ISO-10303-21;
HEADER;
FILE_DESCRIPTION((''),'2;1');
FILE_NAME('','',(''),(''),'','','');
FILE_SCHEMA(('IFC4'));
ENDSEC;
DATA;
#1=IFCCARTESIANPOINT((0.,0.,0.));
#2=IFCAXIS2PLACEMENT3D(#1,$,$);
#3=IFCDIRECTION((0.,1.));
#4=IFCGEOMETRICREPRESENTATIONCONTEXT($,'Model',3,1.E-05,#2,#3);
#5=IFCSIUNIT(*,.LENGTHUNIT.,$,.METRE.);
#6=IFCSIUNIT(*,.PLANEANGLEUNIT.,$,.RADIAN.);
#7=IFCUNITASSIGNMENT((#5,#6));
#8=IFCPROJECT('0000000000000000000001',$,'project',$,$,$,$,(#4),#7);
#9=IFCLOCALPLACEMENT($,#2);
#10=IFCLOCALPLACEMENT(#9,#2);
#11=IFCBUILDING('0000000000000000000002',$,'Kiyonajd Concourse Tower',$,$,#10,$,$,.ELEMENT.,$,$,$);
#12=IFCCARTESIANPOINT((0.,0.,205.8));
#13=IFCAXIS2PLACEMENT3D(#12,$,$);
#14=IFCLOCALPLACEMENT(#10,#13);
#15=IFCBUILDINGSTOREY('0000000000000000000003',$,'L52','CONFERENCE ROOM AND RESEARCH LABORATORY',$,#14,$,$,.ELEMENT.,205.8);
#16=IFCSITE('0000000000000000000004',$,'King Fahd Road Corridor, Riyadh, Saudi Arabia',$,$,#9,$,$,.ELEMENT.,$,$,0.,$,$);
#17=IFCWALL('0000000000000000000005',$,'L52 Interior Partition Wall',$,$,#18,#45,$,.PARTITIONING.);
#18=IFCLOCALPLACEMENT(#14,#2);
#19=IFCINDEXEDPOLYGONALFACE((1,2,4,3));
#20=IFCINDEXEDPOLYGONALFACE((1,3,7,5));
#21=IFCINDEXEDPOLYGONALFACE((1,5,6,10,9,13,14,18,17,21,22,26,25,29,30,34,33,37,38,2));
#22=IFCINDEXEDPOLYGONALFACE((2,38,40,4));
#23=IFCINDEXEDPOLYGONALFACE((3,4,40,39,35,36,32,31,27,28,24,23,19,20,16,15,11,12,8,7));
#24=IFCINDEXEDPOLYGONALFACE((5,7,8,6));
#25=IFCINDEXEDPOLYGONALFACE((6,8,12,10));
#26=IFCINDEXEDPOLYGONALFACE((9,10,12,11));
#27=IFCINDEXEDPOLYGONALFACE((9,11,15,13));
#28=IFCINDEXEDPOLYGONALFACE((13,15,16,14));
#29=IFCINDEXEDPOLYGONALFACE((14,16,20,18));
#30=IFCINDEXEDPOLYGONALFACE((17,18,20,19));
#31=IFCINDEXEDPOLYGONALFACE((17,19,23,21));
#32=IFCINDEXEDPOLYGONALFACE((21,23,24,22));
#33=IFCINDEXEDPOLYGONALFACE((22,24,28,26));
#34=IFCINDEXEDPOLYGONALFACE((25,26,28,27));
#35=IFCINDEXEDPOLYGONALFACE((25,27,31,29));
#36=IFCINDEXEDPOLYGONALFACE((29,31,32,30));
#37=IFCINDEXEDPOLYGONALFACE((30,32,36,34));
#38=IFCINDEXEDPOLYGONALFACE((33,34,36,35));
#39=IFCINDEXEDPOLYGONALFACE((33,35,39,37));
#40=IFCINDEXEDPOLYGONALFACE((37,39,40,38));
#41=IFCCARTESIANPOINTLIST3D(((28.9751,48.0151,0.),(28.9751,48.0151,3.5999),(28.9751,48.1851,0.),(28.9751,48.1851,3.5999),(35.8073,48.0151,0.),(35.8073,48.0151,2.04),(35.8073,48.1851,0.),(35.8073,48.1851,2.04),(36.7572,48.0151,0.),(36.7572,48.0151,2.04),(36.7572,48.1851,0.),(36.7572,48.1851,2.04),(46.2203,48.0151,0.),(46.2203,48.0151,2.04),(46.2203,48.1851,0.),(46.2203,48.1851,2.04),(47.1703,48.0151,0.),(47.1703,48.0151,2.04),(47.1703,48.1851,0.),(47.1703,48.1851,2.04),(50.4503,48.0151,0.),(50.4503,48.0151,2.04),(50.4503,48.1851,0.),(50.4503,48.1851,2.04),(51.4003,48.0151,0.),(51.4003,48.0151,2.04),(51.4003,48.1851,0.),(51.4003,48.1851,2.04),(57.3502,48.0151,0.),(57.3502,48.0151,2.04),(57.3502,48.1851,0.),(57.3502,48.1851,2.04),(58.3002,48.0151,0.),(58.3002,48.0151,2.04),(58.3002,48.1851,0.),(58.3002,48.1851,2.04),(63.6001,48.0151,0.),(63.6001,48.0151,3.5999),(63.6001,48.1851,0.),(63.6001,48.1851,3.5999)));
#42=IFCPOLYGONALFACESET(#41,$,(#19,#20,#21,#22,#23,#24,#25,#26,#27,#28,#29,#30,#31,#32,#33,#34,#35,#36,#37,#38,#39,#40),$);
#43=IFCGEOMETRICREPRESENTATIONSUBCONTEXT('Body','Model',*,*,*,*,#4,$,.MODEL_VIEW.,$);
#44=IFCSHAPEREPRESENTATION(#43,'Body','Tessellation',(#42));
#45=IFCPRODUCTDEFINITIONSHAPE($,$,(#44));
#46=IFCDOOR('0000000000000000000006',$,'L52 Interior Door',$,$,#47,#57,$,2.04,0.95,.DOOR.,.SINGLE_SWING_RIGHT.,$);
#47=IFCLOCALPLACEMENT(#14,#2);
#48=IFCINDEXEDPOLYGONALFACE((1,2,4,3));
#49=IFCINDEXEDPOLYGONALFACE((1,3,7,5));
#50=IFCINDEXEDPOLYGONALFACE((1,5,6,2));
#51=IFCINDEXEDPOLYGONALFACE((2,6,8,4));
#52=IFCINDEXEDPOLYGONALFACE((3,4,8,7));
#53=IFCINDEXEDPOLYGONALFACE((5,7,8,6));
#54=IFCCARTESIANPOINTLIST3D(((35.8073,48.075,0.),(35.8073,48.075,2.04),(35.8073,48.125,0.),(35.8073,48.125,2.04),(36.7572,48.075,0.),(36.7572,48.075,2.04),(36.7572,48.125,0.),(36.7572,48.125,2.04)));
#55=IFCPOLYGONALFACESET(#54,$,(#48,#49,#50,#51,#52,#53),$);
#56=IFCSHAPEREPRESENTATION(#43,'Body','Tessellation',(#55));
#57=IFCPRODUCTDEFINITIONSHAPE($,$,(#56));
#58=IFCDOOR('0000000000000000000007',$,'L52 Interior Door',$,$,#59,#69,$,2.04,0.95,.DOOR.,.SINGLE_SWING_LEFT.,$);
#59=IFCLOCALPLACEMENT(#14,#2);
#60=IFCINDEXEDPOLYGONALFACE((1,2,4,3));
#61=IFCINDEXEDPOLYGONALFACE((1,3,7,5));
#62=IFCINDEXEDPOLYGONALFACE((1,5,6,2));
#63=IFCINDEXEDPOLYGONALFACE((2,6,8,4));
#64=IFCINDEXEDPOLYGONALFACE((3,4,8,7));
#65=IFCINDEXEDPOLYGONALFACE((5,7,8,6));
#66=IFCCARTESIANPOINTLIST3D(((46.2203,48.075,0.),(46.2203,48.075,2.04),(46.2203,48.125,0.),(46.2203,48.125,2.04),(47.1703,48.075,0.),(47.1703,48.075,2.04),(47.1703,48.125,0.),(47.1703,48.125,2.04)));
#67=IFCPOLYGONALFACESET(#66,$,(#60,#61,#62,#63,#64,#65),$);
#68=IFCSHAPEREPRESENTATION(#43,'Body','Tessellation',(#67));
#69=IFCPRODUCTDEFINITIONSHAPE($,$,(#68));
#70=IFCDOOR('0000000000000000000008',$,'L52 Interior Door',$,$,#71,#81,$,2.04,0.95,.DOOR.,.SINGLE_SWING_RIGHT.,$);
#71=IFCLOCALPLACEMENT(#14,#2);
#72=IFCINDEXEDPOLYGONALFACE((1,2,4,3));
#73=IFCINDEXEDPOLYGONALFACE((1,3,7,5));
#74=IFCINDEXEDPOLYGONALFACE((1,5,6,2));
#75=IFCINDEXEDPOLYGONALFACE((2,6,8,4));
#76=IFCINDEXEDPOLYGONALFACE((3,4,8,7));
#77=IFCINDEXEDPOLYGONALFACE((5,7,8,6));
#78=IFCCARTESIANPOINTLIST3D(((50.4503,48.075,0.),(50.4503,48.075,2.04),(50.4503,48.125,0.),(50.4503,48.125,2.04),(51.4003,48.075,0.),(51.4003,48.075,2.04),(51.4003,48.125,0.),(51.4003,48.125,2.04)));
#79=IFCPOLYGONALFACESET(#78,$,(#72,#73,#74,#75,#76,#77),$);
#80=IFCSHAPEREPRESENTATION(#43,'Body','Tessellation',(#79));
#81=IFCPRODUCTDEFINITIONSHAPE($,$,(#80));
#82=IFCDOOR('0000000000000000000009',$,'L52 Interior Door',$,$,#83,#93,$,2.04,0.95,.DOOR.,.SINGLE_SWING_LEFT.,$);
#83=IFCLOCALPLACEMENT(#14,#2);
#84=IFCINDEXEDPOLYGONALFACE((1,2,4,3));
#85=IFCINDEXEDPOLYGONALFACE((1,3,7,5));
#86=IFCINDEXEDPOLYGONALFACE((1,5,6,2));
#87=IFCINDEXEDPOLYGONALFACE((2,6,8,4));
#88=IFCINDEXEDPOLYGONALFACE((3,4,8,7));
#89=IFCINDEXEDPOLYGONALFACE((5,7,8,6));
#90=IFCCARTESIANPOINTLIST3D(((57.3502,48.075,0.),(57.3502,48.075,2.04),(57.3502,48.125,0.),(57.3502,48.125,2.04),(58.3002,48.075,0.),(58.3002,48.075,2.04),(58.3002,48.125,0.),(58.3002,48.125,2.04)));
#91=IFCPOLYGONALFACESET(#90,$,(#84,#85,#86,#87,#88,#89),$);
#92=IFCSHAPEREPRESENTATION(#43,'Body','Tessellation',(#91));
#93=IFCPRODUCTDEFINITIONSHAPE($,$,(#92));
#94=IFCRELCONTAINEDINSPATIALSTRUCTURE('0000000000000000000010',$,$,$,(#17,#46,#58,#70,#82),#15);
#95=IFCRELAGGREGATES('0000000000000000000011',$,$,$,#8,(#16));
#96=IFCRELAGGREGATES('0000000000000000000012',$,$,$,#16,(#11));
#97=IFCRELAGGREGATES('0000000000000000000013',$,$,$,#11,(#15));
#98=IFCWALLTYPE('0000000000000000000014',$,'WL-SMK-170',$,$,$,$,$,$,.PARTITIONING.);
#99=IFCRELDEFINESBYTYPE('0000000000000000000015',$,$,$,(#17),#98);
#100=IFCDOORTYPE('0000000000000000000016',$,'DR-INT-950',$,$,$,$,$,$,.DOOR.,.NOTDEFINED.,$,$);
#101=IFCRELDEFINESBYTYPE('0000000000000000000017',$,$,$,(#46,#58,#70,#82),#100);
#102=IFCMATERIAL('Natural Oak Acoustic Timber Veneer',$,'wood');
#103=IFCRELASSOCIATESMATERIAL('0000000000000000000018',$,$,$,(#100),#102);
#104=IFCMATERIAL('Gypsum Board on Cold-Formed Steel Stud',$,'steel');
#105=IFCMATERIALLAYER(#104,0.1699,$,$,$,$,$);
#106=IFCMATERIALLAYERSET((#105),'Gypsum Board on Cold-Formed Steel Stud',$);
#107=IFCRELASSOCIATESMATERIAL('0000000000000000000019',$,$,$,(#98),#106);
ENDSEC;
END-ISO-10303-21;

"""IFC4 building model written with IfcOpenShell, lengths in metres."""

from ifc_helpers import new_model, si_unit, direction, frame, frame_2d, origin, place, context, subcontext, project, spatial, rectangle, extrude, material, layer, layer_set, type_object, element, fill, save


model = new_model("IFC4")

# Units and contexts
model_context = context("Model", 3, precision=1e-05, world=origin(), true_north=direction((0.0, 1.0)))
body_context = subcontext(model_context, "Body", "Model", "MODEL_VIEW")
ifc_project = project(units=[si_unit("LENGTHUNIT", "METRE"), si_unit("PLANEANGLEUNIT", "RADIAN")], contexts=[model_context])

# Site, building, storey
site_placement = place(None, origin())
site = spatial("IfcSite", under=ifc_project, at=site_placement, Name="King Fahd Road Corridor, Riyadh, Saudi Arabia", CompositionType="ELEMENT", RefElevation=0.0)
building_placement = place(site_placement, origin())
building = spatial("IfcBuilding", under=site, at=building_placement, Name="Kiyonajd Concourse Tower", CompositionType="ELEMENT")
storey_placement = place(building_placement, frame((0.0, 0.0, 205.8)))
storey = spatial("IfcBuildingStorey", under=building, at=storey_placement, Name="L52", Description="CONFERENCE ROOM AND RESEARCH LABORATORY", CompositionType="ELEMENT", Elevation=205.8)

# Shared definitions
ifc_material_1 = material(Name="Natural Oak Acoustic Timber Veneer", Category="wood")
door_type_1 = type_object("IfcDoorType", Name="DR-INT-950", OperationType="NOTDEFINED", PredefinedType="DOOR", material=ifc_material_1)

# Shared definitions
ifc_material_2 = material(Name="Gypsum Board on Cold-Formed Steel Stud", Category="steel")

# Wall, openings, doors
ifc_layer_1 = layer(ifc_material_2, 0.1699)
ifc_layer_set_1 = layer_set([ifc_layer_1], Name="Gypsum Board on Cold-Formed Steel Stud")
wall_type_1 = type_object("IfcWallType", Name="WL-SMK-170", PredefinedType="PARTITIONING", material=ifc_layer_set_1)
wall_1_placement = place(storey_placement, frame((28.9751, 48.1001, 0.0), z_axis=(0.0, 0.0, 1.0), x_axis=(1.0, 0.0, 0.0)))
wall_1 = element("IfcWall", 1, at=wall_1_placement, inside=storey, type_object=wall_type_1, Name="L52 Interior Partition Wall", PredefinedType="PARTITIONING", context=body_context, shape_type="SweptSolid", body=[
    extrude(rectangle(XDim=34.625, YDim=0.1699, at=frame_2d((17.3125, 0.0))), origin(), (0.0, 0.0, 1.0), 3.5999),
])
opening_1_placement = place(wall_1_placement, frame((6.832, 0.0, 0.0)))
opening_1 = element("IfcOpeningElement", 2, at=opening_1_placement, cuts=wall_1, PredefinedType="OPENING", context=body_context, shape_type="SweptSolid", body=[
    extrude(rectangle(XDim=0.95, YDim=2.04, at=frame_2d((0.4751, 1.02))), frame((0.0, 0.095, 0.0), z_axis=(0.0, -1.0, 0.0), x_axis=(1.0, 0.0, 0.0)), (0.0, 0.0, 1.0), 0.1899),
])
opening_2_placement = place(wall_1_placement, frame((17.2451, 0.0, 0.0)))
opening_2 = element("IfcOpeningElement", 3, at=opening_2_placement, cuts=wall_1, PredefinedType="OPENING", context=body_context, shape_type="SweptSolid", body=[
    extrude(rectangle(XDim=0.95, YDim=2.04, at=frame_2d((0.4751, 1.02))), frame((0.0, 0.095, 0.0), z_axis=(0.0, -1.0, 0.0), x_axis=(1.0, 0.0, 0.0)), (0.0, 0.0, 1.0), 0.1899),
])
opening_3_placement = place(wall_1_placement, frame((21.4751, 0.0, 0.0)))
opening_3 = element("IfcOpeningElement", 4, at=opening_3_placement, cuts=wall_1, PredefinedType="OPENING", context=body_context, shape_type="SweptSolid", body=[
    extrude(rectangle(XDim=0.95, YDim=2.04, at=frame_2d((0.4751, 1.02))), frame((0.0, 0.095, 0.0), z_axis=(0.0, -1.0, 0.0), x_axis=(1.0, 0.0, 0.0)), (0.0, 0.0, 1.0), 0.1899),
])
opening_4_placement = place(wall_1_placement, frame((28.375, 0.0, 0.0)))
opening_4 = element("IfcOpeningElement", 5, at=opening_4_placement, cuts=wall_1, PredefinedType="OPENING", context=body_context, shape_type="SweptSolid", body=[
    extrude(rectangle(XDim=0.95, YDim=2.04, at=frame_2d((0.4751, 1.02))), frame((0.0, 0.095, 0.0), z_axis=(0.0, -1.0, 0.0), x_axis=(1.0, 0.0, 0.0)), (0.0, 0.0, 1.0), 0.1899),
])
door_1_placement = place(opening_1_placement, origin())
door_1 = element("IfcDoor", 6, at=door_1_placement, inside=storey, type_object=door_type_1, Name="L52 Interior Door", OperationType="SINGLE_SWING_RIGHT", OverallHeight=2.04, OverallWidth=0.95, PredefinedType="DOOR", context=body_context, shape_type="SweptSolid", body=[
    extrude(rectangle(XDim=0.95, YDim=2.04, at=frame_2d((0.4751, 1.02))), frame((0.0, 0.0249, 0.0), z_axis=(0.0, -1.0, 0.0), x_axis=(1.0, 0.0, 0.0)), (0.0, 0.0, 1.0), 0.05),
])
fill(opening_1, door_1)
door_2_placement = place(opening_2_placement, origin())
door_2 = element("IfcDoor", 7, at=door_2_placement, inside=storey, type_object=door_type_1, Name="L52 Interior Door", OperationType="SINGLE_SWING_LEFT", OverallHeight=2.04, OverallWidth=0.95, PredefinedType="DOOR", context=body_context, shape_type="SweptSolid", body=[
    extrude(rectangle(XDim=0.95, YDim=2.04, at=frame_2d((0.4751, 1.02))), frame((0.0, 0.0249, 0.0), z_axis=(0.0, -1.0, 0.0), x_axis=(1.0, 0.0, 0.0)), (0.0, 0.0, 1.0), 0.05),
])
fill(opening_2, door_2)
door_3_placement = place(opening_3_placement, origin())
door_3 = element("IfcDoor", 8, at=door_3_placement, inside=storey, type_object=door_type_1, Name="L52 Interior Door", OperationType="SINGLE_SWING_RIGHT", OverallHeight=2.04, OverallWidth=0.95, PredefinedType="DOOR", context=body_context, shape_type="SweptSolid", body=[
    extrude(rectangle(XDim=0.95, YDim=2.04, at=frame_2d((0.4751, 1.02))), frame((0.0, 0.0249, 0.0), z_axis=(0.0, -1.0, 0.0), x_axis=(1.0, 0.0, 0.0)), (0.0, 0.0, 1.0), 0.05),
])
fill(opening_3, door_3)
door_4_placement = place(opening_4_placement, origin())
door_4 = element("IfcDoor", 9, at=door_4_placement, inside=storey, type_object=door_type_1, Name="L52 Interior Door", OperationType="SINGLE_SWING_LEFT", OverallHeight=2.04, OverallWidth=0.95, PredefinedType="DOOR", context=body_context, shape_type="SweptSolid", body=[
    extrude(rectangle(XDim=0.95, YDim=2.04, at=frame_2d((0.4751, 1.02))), frame((0.0, 0.0249, 0.0), z_axis=(0.0, -1.0, 0.0), x_axis=(1.0, 0.0, 0.0)), (0.0, 0.0, 1.0), 0.05),
])
fill(opening_4, door_4)

save(model, "model.ifc")
